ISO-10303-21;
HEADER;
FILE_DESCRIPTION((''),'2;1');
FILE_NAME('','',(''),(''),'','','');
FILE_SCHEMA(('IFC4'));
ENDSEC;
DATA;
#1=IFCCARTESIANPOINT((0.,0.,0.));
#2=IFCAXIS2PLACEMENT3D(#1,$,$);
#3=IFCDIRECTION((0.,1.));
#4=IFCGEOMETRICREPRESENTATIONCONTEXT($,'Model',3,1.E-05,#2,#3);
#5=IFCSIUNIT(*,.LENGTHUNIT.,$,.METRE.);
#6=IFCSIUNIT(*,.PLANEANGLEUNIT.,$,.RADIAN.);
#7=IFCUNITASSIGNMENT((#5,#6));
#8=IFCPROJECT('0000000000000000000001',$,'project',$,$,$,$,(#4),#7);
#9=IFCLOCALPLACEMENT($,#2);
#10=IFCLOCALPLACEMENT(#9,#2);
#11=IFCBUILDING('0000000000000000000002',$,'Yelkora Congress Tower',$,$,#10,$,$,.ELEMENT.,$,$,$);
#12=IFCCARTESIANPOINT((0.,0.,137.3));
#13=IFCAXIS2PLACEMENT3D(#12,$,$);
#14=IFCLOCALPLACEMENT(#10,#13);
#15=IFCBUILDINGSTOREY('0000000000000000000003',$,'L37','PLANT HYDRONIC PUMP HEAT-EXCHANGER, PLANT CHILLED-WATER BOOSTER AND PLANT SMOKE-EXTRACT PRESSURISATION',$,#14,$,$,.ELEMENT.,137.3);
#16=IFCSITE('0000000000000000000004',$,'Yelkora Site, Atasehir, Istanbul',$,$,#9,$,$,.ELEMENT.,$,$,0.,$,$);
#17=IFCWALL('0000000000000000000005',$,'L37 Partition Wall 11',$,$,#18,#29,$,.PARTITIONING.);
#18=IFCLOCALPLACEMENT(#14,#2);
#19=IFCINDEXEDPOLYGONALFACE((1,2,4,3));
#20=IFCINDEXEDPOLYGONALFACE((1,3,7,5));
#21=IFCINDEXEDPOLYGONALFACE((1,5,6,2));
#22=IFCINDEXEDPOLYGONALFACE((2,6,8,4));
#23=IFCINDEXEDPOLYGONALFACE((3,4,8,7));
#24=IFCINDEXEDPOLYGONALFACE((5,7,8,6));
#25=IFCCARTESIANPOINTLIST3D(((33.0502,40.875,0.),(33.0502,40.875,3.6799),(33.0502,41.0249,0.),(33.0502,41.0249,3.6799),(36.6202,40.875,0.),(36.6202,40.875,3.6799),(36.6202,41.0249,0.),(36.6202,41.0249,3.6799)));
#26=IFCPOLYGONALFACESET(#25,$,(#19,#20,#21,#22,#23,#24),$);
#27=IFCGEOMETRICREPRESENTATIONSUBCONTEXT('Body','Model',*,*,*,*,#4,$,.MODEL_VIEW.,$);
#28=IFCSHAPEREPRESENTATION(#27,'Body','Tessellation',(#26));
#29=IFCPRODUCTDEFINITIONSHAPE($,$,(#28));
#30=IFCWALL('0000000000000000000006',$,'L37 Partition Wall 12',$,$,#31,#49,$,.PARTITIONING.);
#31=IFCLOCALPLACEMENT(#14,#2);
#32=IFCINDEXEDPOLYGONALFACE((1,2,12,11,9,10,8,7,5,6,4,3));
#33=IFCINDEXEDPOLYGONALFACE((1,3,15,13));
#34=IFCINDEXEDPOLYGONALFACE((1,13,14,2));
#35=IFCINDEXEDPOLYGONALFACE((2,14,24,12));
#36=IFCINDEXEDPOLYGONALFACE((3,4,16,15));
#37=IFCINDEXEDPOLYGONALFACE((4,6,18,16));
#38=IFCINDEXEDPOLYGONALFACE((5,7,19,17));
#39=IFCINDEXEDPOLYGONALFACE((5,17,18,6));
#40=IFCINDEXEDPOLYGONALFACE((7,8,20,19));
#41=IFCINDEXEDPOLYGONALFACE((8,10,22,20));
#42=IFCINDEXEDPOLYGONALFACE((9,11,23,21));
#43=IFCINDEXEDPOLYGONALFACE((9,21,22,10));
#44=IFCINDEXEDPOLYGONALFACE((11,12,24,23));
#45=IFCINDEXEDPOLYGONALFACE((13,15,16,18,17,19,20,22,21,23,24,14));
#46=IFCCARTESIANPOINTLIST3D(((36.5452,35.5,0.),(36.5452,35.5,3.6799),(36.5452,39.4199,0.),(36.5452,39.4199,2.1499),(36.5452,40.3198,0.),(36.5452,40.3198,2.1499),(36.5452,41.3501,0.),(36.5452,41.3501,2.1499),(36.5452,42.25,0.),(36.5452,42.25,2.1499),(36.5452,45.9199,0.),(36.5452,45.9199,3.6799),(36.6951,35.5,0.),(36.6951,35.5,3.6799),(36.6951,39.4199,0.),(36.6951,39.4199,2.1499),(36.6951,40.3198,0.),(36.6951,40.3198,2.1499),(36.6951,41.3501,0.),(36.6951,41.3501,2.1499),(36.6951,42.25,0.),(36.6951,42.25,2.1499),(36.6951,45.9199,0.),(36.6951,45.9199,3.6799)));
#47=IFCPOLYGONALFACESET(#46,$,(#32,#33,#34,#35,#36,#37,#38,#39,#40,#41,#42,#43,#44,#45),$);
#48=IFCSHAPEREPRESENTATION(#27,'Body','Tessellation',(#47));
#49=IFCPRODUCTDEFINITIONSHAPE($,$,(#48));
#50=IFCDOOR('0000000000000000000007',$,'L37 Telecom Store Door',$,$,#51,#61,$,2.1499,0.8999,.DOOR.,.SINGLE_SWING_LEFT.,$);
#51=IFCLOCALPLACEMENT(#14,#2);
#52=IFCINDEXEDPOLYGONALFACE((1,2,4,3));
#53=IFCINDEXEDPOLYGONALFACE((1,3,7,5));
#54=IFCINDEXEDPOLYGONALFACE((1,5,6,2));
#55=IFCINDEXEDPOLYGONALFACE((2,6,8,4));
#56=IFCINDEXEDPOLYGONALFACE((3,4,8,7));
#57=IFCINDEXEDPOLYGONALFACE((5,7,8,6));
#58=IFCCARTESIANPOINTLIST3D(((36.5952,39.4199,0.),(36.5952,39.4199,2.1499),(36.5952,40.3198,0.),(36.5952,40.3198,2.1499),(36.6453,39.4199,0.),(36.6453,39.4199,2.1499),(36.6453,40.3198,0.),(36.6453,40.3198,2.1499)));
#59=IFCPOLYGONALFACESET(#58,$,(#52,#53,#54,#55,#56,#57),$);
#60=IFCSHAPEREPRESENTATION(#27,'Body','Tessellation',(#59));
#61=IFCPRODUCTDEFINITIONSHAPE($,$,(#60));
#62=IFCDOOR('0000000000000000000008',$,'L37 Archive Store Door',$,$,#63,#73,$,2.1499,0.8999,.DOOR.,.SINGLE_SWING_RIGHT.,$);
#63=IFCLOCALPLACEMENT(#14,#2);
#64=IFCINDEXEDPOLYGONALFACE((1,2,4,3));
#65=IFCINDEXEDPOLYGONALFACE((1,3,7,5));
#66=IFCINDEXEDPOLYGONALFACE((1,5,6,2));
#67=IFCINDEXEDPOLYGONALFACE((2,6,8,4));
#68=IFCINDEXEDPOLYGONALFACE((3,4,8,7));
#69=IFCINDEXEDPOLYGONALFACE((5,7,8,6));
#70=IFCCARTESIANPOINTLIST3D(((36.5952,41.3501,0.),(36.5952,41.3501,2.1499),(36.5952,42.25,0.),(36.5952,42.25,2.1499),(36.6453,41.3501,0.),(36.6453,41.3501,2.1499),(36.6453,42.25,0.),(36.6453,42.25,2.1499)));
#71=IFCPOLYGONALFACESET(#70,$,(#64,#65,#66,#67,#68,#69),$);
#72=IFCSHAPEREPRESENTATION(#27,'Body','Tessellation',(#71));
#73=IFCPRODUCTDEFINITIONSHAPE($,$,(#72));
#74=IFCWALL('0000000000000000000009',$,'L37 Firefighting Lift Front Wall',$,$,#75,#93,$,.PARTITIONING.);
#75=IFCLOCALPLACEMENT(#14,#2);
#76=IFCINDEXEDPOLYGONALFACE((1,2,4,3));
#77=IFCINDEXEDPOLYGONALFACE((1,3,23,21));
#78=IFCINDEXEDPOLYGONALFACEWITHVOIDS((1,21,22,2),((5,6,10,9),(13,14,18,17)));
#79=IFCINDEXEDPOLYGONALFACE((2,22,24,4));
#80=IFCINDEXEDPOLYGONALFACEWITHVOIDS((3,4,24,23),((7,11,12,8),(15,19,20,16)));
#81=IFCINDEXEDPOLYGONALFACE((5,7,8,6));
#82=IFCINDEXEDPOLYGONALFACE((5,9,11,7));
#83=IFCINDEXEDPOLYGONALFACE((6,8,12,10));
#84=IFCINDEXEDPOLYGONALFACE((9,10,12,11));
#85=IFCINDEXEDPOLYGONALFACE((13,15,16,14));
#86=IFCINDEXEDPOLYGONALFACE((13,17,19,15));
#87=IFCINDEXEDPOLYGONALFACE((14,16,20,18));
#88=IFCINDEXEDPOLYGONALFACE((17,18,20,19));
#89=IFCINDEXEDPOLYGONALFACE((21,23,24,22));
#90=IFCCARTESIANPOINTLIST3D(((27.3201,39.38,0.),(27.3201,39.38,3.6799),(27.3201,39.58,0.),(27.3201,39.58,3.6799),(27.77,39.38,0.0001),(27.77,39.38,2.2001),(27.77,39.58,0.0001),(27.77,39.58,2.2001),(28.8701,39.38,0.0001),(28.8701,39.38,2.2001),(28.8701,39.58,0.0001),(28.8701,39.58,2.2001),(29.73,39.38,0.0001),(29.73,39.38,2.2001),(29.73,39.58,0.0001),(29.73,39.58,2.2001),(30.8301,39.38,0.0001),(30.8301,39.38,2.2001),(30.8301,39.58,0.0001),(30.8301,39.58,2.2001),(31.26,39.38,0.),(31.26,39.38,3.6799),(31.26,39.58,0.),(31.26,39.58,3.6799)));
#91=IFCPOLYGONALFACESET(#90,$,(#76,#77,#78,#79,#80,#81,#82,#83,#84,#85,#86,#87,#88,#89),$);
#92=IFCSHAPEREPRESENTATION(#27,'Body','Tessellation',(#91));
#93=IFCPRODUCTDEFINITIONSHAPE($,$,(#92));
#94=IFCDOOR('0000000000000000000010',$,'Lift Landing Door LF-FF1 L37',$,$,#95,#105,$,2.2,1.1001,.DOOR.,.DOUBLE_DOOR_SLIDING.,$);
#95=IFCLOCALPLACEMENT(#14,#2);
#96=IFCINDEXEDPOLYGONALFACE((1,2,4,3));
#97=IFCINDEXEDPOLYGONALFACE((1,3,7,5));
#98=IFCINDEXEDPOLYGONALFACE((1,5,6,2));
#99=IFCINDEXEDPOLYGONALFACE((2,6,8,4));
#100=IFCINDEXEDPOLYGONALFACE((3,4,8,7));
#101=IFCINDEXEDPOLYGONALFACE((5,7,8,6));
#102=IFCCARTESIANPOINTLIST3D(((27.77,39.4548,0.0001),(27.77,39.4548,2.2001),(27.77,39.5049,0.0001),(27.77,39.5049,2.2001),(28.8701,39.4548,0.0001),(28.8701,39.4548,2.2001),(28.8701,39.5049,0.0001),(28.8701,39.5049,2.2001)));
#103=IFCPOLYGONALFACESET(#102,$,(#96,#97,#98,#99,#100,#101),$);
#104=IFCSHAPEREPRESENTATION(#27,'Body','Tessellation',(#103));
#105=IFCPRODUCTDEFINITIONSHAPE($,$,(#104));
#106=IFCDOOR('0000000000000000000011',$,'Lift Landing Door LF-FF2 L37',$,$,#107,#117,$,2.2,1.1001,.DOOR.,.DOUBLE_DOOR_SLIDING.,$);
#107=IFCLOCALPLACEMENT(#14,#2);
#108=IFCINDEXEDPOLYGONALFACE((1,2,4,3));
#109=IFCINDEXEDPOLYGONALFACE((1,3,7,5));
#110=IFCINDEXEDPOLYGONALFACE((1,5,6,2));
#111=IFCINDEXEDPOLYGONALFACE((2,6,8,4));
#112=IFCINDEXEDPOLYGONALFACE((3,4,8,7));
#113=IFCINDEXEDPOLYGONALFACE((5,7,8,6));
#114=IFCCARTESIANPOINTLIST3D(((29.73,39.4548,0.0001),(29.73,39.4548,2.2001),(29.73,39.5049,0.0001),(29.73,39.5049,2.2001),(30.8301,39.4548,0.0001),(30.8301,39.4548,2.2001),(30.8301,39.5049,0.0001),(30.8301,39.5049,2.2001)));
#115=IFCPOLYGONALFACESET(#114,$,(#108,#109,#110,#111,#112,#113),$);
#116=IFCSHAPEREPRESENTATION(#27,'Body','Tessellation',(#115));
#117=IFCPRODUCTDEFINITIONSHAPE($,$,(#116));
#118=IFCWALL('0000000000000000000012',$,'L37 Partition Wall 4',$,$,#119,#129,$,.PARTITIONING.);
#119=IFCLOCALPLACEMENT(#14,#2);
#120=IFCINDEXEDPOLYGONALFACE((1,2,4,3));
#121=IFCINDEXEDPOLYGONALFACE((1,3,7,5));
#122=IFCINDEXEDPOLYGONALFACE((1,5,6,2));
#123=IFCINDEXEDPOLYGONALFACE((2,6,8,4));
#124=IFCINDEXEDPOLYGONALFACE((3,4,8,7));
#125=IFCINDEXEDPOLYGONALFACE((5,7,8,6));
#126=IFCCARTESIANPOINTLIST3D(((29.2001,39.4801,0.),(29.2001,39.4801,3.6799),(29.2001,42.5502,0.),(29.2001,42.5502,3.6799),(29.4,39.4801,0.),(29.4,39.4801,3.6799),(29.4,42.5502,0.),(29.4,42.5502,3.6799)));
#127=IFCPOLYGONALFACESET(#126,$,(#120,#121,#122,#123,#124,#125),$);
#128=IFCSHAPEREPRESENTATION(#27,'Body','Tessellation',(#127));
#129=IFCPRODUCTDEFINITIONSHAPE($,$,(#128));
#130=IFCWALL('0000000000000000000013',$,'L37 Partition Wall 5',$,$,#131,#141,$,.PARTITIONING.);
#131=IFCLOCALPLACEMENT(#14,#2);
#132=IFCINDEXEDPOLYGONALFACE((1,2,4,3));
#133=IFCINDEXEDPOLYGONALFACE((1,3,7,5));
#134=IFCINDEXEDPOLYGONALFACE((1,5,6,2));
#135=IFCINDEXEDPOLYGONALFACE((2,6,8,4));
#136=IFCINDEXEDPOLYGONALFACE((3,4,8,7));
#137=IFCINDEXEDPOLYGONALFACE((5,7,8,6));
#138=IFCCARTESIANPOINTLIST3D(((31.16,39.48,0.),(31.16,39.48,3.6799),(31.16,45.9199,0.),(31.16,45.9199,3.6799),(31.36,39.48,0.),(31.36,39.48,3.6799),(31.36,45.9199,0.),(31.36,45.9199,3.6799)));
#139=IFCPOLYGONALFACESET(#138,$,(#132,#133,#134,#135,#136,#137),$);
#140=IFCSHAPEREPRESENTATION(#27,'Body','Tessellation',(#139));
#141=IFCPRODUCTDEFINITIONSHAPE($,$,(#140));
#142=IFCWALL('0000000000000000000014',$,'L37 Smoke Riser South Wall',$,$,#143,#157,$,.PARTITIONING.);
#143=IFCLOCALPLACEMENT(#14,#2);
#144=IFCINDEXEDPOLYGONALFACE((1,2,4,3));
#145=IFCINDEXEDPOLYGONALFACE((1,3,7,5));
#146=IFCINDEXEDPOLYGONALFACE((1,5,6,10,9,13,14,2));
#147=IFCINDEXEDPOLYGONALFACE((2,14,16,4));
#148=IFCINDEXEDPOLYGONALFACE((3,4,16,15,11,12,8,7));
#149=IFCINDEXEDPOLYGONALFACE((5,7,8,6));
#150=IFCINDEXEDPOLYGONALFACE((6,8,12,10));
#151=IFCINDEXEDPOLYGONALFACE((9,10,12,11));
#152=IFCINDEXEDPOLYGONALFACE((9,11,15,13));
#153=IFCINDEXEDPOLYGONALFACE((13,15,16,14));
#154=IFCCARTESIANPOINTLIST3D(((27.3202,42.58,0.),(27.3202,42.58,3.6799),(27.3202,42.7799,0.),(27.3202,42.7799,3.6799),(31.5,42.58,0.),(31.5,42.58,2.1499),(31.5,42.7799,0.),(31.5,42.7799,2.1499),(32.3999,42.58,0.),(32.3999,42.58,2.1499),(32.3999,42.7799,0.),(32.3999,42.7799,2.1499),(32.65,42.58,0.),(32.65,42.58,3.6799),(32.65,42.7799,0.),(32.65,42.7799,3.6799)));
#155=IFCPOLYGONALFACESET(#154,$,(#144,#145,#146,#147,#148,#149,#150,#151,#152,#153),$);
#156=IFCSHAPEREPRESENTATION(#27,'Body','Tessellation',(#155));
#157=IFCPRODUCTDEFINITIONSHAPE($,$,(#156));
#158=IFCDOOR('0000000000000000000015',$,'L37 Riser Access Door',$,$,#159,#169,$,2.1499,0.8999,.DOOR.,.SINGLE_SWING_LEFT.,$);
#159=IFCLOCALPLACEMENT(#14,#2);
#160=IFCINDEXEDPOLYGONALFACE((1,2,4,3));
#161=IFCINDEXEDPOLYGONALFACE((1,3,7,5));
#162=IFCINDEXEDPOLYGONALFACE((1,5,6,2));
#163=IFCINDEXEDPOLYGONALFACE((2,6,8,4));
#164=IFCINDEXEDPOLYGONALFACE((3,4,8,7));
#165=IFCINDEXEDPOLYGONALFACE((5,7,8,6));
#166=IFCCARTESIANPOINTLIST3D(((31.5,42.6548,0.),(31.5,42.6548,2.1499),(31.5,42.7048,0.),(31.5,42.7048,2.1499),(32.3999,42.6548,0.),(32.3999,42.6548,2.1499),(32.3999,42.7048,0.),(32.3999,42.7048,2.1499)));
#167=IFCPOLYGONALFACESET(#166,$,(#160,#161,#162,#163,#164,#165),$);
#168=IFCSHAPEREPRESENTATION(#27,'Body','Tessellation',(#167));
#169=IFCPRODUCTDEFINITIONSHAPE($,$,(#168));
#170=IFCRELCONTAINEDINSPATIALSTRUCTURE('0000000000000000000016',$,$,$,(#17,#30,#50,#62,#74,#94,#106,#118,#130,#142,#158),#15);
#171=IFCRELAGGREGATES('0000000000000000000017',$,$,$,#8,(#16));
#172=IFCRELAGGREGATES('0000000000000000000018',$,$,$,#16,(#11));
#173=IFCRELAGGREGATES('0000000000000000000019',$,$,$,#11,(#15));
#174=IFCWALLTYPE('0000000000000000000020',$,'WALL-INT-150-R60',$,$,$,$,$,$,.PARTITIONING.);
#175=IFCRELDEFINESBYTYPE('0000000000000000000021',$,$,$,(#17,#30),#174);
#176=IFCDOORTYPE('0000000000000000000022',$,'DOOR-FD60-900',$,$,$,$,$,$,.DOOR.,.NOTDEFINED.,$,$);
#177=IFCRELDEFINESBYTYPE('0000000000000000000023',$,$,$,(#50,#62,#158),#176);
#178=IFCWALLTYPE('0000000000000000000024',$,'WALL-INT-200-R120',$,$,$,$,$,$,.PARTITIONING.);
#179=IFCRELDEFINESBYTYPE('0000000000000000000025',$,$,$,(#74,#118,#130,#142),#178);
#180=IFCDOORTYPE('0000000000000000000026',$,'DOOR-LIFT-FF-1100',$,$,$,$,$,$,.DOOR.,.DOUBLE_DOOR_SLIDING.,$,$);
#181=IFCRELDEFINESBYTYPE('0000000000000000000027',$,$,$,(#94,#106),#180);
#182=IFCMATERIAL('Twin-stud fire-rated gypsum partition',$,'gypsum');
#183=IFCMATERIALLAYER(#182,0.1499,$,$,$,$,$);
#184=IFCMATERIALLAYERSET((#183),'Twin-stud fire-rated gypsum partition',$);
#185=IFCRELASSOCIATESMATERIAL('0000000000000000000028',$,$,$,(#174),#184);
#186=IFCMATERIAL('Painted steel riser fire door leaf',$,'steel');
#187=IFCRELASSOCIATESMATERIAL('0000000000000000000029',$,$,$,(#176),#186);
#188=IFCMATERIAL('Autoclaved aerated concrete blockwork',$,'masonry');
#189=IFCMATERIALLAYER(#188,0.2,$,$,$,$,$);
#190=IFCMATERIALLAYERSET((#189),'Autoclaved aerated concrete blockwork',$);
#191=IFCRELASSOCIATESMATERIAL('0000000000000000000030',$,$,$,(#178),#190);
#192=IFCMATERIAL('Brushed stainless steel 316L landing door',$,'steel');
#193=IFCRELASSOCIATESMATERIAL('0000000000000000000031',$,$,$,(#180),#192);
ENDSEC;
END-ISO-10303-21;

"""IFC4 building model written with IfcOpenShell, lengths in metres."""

from ifc_helpers import new_model, si_unit, direction, frame, frame_2d, origin, place, context, subcontext, project, spatial, rectangle, extrude, material, layer, layer_set, type_object, element, fill, save


model = new_model("IFC4")

# Units and contexts
model_context = context("Model", 3, precision=1e-05, world=origin(), true_north=direction((0.0, 1.0)))
body_context = subcontext(model_context, "Body", "Model", "MODEL_VIEW")
ifc_project = project(units=[si_unit("LENGTHUNIT", "METRE"), si_unit("PLANEANGLEUNIT", "RADIAN")], contexts=[model_context])

# Site, building, storey
site_placement = place(None, origin())
site = spatial("IfcSite", under=ifc_project, at=site_placement, Name="Yelkora Site, Atasehir, Istanbul", CompositionType="ELEMENT", RefElevation=0.0)
building_placement = place(site_placement, origin())
building = spatial("IfcBuilding", under=site, at=building_placement, Name="Yelkora Congress Tower", CompositionType="ELEMENT")
storey_placement = place(building_placement, frame((0.0, 0.0, 137.3)))
storey = spatial("IfcBuildingStorey", under=building, at=storey_placement, Name="L37", Description="PLANT HYDRONIC PUMP HEAT-EXCHANGER, PLANT CHILLED-WATER BOOSTER AND PLANT SMOKE-EXTRACT PRESSURISATION", CompositionType="ELEMENT", Elevation=137.3)

# Wall
ifc_material_1 = material(Name="Twin-stud fire-rated gypsum partition", Category="gypsum")
ifc_layer_1 = layer(ifc_material_1, 0.1499)
ifc_layer_set_1 = layer_set([ifc_layer_1], Name="Twin-stud fire-rated gypsum partition")
wall_type_1 = type_object("IfcWallType", Name="WALL-INT-150-R60", PredefinedType="PARTITIONING", material=ifc_layer_set_1)
wall_1_placement = place(storey_placement, frame((33.05, 40.95, 0.0), z_axis=(0.0, 0.0, 1.0), x_axis=(1.0, 0.0, 0.0)))
element("IfcWall", 1, at=wall_1_placement, inside=storey, type_object=wall_type_1, Name="L37 Partition Wall 11", PredefinedType="PARTITIONING", context=body_context, shape_type="SweptSolid", body=[
    extrude(rectangle(XDim=3.5701, YDim=0.1499, at=frame_2d((1.7852, 0.0))), origin(), (0.0, 0.0, 1.0), 3.6799),
])

# Walls, openings, doors
wall_2_placement = place(storey_placement, frame((36.6201, 35.5, 0.0), z_axis=(0.0, 0.0, 1.0), x_axis=(0.0, 1.0, 0.0)))
wall_2 = element("IfcWall", 2, at=wall_2_placement, inside=storey, type_object=wall_type_1, Name="L37 Partition Wall 12", PredefinedType="PARTITIONING", context=body_context, shape_type="SweptSolid", body=[
    extrude(rectangle(XDim=10.4199, YDim=0.1499, at=frame_2d((5.21, 0.0))), origin(), (0.0, 0.0, 1.0), 3.6799),
])
opening_1_placement = place(wall_2_placement, frame((3.9199, 0.0, 0.0)))
opening_1 = element("IfcOpeningElement", 3, at=opening_1_placement, cuts=wall_2, PredefinedType="OPENING", context=body_context, shape_type="SweptSolid", body=[
    extrude(rectangle(XDim=0.8999, YDim=2.1499, at=frame_2d((0.45, 1.075))), frame((0.0, 0.085, 0.0), z_axis=(0.0, -1.0, 0.0), x_axis=(1.0, 0.0, 0.0)), (0.0, 0.0, 1.0), 0.1699),
])
opening_2_placement = place(wall_2_placement, frame((5.8501, 0.0, 0.0)))
opening_2 = element("IfcOpeningElement", 4, at=opening_2_placement, cuts=wall_2, PredefinedType="OPENING", context=body_context, shape_type="SweptSolid", body=[
    extrude(rectangle(XDim=0.8999, YDim=2.1499, at=frame_2d((0.45, 1.075))), frame((0.0, 0.085, 0.0), z_axis=(0.0, -1.0, 0.0), x_axis=(1.0, 0.0, 0.0)), (0.0, 0.0, 1.0), 0.1699),
])
ifc_material_2 = material(Name="Painted steel riser fire door leaf", Category="steel")
door_type_1 = type_object("IfcDoorType", Name="DOOR-FD60-900", OperationType="NOTDEFINED", PredefinedType="DOOR", material=ifc_material_2)
door_1_placement = place(opening_1_placement, origin())
door_1 = element("IfcDoor", 5, at=door_1_placement, inside=storey, type_object=door_type_1, Name="L37 Telecom Store Door", OperationType="SINGLE_SWING_LEFT", OverallHeight=2.1499, OverallWidth=0.8999, PredefinedType="DOOR", context=body_context, shape_type="SweptSolid", body=[
    extrude(rectangle(XDim=0.8999, YDim=2.1499, at=frame_2d((0.45, 1.075))), frame((0.0, 0.0249, 0.0), z_axis=(0.0, -1.0, 0.0), x_axis=(1.0, 0.0, 0.0)), (0.0, 0.0, 1.0), 0.05),
])
fill(opening_1, door_1)
door_2_placement = place(opening_2_placement, origin())
door_2 = element("IfcDoor", 6, at=door_2_placement, inside=storey, type_object=door_type_1, Name="L37 Archive Store Door", OperationType="SINGLE_SWING_RIGHT", OverallHeight=2.1499, OverallWidth=0.8999, PredefinedType="DOOR", context=body_context, shape_type="SweptSolid", body=[
    extrude(rectangle(XDim=0.8999, YDim=2.1499, at=frame_2d((0.45, 1.075))), frame((0.0, 0.0249, 0.0), z_axis=(0.0, -1.0, 0.0), x_axis=(1.0, 0.0, 0.0)), (0.0, 0.0, 1.0), 0.05),
])
fill(opening_2, door_2)
ifc_material_3 = material(Name="Autoclaved aerated concrete blockwork", Category="masonry")
ifc_layer_2 = layer(ifc_material_3, 0.2)
ifc_layer_set_2 = layer_set([ifc_layer_2], Name="Autoclaved aerated concrete blockwork")
wall_type_2 = type_object("IfcWallType", Name="WALL-INT-200-R120", PredefinedType="PARTITIONING", material=ifc_layer_set_2)
wall_3_placement = place(storey_placement, frame((27.3201, 39.48, 0.0), z_axis=(0.0, 0.0, 1.0), x_axis=(1.0, 0.0, 0.0)))
wall_3 = element("IfcWall", 7, at=wall_3_placement, inside=storey, type_object=wall_type_2, Name="L37 Firefighting Lift Front Wall", PredefinedType="PARTITIONING", context=body_context, shape_type="SweptSolid", body=[
    extrude(rectangle(XDim=3.9399, YDim=0.2, at=frame_2d((1.97, 0.0))), origin(), (0.0, 0.0, 1.0), 3.6799),
])
opening_3_placement = place(wall_3_placement, frame((0.45, 0.0, 0.0)))
opening_3 = element("IfcOpeningElement", 8, at=opening_3_placement, cuts=wall_3, PredefinedType="OPENING", context=body_context, shape_type="SweptSolid", body=[
    extrude(rectangle(XDim=1.1001, YDim=2.2, at=frame_2d((0.55, 1.1001))), frame((0.0, 0.1099, 0.0), z_axis=(0.0, -1.0, 0.0), x_axis=(1.0, 0.0, 0.0)), (0.0, 0.0, 1.0), 0.22),
])
opening_4_placement = place(wall_3_placement, frame((2.4099, 0.0, 0.0)))
opening_4 = element("IfcOpeningElement", 9, at=opening_4_placement, cuts=wall_3, PredefinedType="OPENING", context=body_context, shape_type="SweptSolid", body=[
    extrude(rectangle(XDim=1.1001, YDim=2.2, at=frame_2d((0.55, 1.1001))), frame((0.0, 0.1099, 0.0), z_axis=(0.0, -1.0, 0.0), x_axis=(1.0, 0.0, 0.0)), (0.0, 0.0, 1.0), 0.22),
])
ifc_material_4 = material(Name="Brushed stainless steel 316L landing door", Category="steel")
door_type_2 = type_object("IfcDoorType", Name="DOOR-LIFT-FF-1100", OperationType="DOUBLE_DOOR_SLIDING", PredefinedType="DOOR", material=ifc_material_4)
door_3_placement = place(opening_3_placement, origin())
door_3 = element("IfcDoor", 10, at=door_3_placement, inside=storey, type_object=door_type_2, Name="Lift Landing Door LF-FF1 L37", OperationType="DOUBLE_DOOR_SLIDING", OverallHeight=2.2, OverallWidth=1.1001, PredefinedType="DOOR", context=body_context, shape_type="SweptSolid", body=[
    extrude(rectangle(XDim=1.1001, YDim=2.2, at=frame_2d((0.55, 1.1001))), frame((0.0, 0.0249, 0.0), z_axis=(0.0, -1.0, 0.0), x_axis=(1.0, 0.0, 0.0)), (0.0, 0.0, 1.0), 0.05),
])
fill(opening_3, door_3)
door_4_placement = place(opening_4_placement, origin())
door_4 = element("IfcDoor", 11, at=door_4_placement, inside=storey, type_object=door_type_2, Name="Lift Landing Door LF-FF2 L37", OperationType="DOUBLE_DOOR_SLIDING", OverallHeight=2.2, OverallWidth=1.1001, PredefinedType="DOOR", context=body_context, shape_type="SweptSolid", body=[
    extrude(rectangle(XDim=1.1001, YDim=2.2, at=frame_2d((0.55, 1.1001))), frame((0.0, 0.0249, 0.0), z_axis=(0.0, -1.0, 0.0), x_axis=(1.0, 0.0, 0.0)), (0.0, 0.0, 1.0), 0.05),
])
fill(opening_4, door_4)

# Walls
wall_4_placement = place(storey_placement, frame((29.3, 39.48, 0.0), z_axis=(0.0, 0.0, 1.0), x_axis=(0.0, 1.0, 0.0)))
element("IfcWall", 12, at=wall_4_placement, inside=storey, type_object=wall_type_2, Name="L37 Partition Wall 4", PredefinedType="PARTITIONING", context=body_context, shape_type="SweptSolid", body=[
    extrude(rectangle(XDim=3.0701, YDim=0.2, at=frame_2d((1.5352, 0.0))), origin(), (0.0, 0.0, 1.0), 3.6799),
])
wall_5_placement = place(storey_placement, frame((31.26, 39.48, 0.0), z_axis=(0.0, 0.0, 1.0), x_axis=(0.0, 1.0, 0.0)))
element("IfcWall", 13, at=wall_5_placement, inside=storey, type_object=wall_type_2, Name="L37 Partition Wall 5", PredefinedType="PARTITIONING", context=body_context, shape_type="SweptSolid", body=[
    extrude(rectangle(XDim=6.4399, YDim=0.2, at=frame_2d((3.22, 0.0))), origin(), (0.0, 0.0, 1.0), 3.6799),
])

# Wall, opening, door
wall_6_placement = place(storey_placement, frame((27.3201, 42.6799, 0.0), z_axis=(0.0, 0.0, 1.0), x_axis=(1.0, 0.0, 0.0)))
wall_6 = element("IfcWall", 14, at=wall_6_placement, inside=storey, type_object=wall_type_2, Name="L37 Smoke Riser South Wall", PredefinedType="PARTITIONING", context=body_context, shape_type="SweptSolid", body=[
    extrude(rectangle(XDim=5.3298, YDim=0.2, at=frame_2d((2.665, 0.0))), origin(), (0.0, 0.0, 1.0), 3.6799),
])
opening_5_placement = place(wall_6_placement, frame((4.1799, 0.0, 0.0)))
opening_5 = element("IfcOpeningElement", 15, at=opening_5_placement, cuts=wall_6, PredefinedType="OPENING", context=body_context, shape_type="SweptSolid", body=[
    extrude(rectangle(XDim=0.8999, YDim=2.1499, at=frame_2d((0.45, 1.075))), frame((0.0, 0.1099, 0.0), z_axis=(0.0, -1.0, 0.0), x_axis=(1.0, 0.0, 0.0)), (0.0, 0.0, 1.0), 0.22),
])
door_5_placement = place(opening_5_placement, origin())
door_5 = element("IfcDoor", 16, at=door_5_placement, inside=storey, type_object=door_type_1, Name="L37 Riser Access Door", OperationType="SINGLE_SWING_LEFT", OverallHeight=2.1499, OverallWidth=0.8999, PredefinedType="DOOR", context=body_context, shape_type="SweptSolid", body=[
    extrude(rectangle(XDim=0.8999, YDim=2.1499, at=frame_2d((0.45, 1.075))), frame((0.0, 0.0249, 0.0), z_axis=(0.0, -1.0, 0.0), x_axis=(1.0, 0.0, 0.0)), (0.0, 0.0, 1.0), 0.05),
])
fill(opening_5, door_5)

save(model, "model.ifc")
